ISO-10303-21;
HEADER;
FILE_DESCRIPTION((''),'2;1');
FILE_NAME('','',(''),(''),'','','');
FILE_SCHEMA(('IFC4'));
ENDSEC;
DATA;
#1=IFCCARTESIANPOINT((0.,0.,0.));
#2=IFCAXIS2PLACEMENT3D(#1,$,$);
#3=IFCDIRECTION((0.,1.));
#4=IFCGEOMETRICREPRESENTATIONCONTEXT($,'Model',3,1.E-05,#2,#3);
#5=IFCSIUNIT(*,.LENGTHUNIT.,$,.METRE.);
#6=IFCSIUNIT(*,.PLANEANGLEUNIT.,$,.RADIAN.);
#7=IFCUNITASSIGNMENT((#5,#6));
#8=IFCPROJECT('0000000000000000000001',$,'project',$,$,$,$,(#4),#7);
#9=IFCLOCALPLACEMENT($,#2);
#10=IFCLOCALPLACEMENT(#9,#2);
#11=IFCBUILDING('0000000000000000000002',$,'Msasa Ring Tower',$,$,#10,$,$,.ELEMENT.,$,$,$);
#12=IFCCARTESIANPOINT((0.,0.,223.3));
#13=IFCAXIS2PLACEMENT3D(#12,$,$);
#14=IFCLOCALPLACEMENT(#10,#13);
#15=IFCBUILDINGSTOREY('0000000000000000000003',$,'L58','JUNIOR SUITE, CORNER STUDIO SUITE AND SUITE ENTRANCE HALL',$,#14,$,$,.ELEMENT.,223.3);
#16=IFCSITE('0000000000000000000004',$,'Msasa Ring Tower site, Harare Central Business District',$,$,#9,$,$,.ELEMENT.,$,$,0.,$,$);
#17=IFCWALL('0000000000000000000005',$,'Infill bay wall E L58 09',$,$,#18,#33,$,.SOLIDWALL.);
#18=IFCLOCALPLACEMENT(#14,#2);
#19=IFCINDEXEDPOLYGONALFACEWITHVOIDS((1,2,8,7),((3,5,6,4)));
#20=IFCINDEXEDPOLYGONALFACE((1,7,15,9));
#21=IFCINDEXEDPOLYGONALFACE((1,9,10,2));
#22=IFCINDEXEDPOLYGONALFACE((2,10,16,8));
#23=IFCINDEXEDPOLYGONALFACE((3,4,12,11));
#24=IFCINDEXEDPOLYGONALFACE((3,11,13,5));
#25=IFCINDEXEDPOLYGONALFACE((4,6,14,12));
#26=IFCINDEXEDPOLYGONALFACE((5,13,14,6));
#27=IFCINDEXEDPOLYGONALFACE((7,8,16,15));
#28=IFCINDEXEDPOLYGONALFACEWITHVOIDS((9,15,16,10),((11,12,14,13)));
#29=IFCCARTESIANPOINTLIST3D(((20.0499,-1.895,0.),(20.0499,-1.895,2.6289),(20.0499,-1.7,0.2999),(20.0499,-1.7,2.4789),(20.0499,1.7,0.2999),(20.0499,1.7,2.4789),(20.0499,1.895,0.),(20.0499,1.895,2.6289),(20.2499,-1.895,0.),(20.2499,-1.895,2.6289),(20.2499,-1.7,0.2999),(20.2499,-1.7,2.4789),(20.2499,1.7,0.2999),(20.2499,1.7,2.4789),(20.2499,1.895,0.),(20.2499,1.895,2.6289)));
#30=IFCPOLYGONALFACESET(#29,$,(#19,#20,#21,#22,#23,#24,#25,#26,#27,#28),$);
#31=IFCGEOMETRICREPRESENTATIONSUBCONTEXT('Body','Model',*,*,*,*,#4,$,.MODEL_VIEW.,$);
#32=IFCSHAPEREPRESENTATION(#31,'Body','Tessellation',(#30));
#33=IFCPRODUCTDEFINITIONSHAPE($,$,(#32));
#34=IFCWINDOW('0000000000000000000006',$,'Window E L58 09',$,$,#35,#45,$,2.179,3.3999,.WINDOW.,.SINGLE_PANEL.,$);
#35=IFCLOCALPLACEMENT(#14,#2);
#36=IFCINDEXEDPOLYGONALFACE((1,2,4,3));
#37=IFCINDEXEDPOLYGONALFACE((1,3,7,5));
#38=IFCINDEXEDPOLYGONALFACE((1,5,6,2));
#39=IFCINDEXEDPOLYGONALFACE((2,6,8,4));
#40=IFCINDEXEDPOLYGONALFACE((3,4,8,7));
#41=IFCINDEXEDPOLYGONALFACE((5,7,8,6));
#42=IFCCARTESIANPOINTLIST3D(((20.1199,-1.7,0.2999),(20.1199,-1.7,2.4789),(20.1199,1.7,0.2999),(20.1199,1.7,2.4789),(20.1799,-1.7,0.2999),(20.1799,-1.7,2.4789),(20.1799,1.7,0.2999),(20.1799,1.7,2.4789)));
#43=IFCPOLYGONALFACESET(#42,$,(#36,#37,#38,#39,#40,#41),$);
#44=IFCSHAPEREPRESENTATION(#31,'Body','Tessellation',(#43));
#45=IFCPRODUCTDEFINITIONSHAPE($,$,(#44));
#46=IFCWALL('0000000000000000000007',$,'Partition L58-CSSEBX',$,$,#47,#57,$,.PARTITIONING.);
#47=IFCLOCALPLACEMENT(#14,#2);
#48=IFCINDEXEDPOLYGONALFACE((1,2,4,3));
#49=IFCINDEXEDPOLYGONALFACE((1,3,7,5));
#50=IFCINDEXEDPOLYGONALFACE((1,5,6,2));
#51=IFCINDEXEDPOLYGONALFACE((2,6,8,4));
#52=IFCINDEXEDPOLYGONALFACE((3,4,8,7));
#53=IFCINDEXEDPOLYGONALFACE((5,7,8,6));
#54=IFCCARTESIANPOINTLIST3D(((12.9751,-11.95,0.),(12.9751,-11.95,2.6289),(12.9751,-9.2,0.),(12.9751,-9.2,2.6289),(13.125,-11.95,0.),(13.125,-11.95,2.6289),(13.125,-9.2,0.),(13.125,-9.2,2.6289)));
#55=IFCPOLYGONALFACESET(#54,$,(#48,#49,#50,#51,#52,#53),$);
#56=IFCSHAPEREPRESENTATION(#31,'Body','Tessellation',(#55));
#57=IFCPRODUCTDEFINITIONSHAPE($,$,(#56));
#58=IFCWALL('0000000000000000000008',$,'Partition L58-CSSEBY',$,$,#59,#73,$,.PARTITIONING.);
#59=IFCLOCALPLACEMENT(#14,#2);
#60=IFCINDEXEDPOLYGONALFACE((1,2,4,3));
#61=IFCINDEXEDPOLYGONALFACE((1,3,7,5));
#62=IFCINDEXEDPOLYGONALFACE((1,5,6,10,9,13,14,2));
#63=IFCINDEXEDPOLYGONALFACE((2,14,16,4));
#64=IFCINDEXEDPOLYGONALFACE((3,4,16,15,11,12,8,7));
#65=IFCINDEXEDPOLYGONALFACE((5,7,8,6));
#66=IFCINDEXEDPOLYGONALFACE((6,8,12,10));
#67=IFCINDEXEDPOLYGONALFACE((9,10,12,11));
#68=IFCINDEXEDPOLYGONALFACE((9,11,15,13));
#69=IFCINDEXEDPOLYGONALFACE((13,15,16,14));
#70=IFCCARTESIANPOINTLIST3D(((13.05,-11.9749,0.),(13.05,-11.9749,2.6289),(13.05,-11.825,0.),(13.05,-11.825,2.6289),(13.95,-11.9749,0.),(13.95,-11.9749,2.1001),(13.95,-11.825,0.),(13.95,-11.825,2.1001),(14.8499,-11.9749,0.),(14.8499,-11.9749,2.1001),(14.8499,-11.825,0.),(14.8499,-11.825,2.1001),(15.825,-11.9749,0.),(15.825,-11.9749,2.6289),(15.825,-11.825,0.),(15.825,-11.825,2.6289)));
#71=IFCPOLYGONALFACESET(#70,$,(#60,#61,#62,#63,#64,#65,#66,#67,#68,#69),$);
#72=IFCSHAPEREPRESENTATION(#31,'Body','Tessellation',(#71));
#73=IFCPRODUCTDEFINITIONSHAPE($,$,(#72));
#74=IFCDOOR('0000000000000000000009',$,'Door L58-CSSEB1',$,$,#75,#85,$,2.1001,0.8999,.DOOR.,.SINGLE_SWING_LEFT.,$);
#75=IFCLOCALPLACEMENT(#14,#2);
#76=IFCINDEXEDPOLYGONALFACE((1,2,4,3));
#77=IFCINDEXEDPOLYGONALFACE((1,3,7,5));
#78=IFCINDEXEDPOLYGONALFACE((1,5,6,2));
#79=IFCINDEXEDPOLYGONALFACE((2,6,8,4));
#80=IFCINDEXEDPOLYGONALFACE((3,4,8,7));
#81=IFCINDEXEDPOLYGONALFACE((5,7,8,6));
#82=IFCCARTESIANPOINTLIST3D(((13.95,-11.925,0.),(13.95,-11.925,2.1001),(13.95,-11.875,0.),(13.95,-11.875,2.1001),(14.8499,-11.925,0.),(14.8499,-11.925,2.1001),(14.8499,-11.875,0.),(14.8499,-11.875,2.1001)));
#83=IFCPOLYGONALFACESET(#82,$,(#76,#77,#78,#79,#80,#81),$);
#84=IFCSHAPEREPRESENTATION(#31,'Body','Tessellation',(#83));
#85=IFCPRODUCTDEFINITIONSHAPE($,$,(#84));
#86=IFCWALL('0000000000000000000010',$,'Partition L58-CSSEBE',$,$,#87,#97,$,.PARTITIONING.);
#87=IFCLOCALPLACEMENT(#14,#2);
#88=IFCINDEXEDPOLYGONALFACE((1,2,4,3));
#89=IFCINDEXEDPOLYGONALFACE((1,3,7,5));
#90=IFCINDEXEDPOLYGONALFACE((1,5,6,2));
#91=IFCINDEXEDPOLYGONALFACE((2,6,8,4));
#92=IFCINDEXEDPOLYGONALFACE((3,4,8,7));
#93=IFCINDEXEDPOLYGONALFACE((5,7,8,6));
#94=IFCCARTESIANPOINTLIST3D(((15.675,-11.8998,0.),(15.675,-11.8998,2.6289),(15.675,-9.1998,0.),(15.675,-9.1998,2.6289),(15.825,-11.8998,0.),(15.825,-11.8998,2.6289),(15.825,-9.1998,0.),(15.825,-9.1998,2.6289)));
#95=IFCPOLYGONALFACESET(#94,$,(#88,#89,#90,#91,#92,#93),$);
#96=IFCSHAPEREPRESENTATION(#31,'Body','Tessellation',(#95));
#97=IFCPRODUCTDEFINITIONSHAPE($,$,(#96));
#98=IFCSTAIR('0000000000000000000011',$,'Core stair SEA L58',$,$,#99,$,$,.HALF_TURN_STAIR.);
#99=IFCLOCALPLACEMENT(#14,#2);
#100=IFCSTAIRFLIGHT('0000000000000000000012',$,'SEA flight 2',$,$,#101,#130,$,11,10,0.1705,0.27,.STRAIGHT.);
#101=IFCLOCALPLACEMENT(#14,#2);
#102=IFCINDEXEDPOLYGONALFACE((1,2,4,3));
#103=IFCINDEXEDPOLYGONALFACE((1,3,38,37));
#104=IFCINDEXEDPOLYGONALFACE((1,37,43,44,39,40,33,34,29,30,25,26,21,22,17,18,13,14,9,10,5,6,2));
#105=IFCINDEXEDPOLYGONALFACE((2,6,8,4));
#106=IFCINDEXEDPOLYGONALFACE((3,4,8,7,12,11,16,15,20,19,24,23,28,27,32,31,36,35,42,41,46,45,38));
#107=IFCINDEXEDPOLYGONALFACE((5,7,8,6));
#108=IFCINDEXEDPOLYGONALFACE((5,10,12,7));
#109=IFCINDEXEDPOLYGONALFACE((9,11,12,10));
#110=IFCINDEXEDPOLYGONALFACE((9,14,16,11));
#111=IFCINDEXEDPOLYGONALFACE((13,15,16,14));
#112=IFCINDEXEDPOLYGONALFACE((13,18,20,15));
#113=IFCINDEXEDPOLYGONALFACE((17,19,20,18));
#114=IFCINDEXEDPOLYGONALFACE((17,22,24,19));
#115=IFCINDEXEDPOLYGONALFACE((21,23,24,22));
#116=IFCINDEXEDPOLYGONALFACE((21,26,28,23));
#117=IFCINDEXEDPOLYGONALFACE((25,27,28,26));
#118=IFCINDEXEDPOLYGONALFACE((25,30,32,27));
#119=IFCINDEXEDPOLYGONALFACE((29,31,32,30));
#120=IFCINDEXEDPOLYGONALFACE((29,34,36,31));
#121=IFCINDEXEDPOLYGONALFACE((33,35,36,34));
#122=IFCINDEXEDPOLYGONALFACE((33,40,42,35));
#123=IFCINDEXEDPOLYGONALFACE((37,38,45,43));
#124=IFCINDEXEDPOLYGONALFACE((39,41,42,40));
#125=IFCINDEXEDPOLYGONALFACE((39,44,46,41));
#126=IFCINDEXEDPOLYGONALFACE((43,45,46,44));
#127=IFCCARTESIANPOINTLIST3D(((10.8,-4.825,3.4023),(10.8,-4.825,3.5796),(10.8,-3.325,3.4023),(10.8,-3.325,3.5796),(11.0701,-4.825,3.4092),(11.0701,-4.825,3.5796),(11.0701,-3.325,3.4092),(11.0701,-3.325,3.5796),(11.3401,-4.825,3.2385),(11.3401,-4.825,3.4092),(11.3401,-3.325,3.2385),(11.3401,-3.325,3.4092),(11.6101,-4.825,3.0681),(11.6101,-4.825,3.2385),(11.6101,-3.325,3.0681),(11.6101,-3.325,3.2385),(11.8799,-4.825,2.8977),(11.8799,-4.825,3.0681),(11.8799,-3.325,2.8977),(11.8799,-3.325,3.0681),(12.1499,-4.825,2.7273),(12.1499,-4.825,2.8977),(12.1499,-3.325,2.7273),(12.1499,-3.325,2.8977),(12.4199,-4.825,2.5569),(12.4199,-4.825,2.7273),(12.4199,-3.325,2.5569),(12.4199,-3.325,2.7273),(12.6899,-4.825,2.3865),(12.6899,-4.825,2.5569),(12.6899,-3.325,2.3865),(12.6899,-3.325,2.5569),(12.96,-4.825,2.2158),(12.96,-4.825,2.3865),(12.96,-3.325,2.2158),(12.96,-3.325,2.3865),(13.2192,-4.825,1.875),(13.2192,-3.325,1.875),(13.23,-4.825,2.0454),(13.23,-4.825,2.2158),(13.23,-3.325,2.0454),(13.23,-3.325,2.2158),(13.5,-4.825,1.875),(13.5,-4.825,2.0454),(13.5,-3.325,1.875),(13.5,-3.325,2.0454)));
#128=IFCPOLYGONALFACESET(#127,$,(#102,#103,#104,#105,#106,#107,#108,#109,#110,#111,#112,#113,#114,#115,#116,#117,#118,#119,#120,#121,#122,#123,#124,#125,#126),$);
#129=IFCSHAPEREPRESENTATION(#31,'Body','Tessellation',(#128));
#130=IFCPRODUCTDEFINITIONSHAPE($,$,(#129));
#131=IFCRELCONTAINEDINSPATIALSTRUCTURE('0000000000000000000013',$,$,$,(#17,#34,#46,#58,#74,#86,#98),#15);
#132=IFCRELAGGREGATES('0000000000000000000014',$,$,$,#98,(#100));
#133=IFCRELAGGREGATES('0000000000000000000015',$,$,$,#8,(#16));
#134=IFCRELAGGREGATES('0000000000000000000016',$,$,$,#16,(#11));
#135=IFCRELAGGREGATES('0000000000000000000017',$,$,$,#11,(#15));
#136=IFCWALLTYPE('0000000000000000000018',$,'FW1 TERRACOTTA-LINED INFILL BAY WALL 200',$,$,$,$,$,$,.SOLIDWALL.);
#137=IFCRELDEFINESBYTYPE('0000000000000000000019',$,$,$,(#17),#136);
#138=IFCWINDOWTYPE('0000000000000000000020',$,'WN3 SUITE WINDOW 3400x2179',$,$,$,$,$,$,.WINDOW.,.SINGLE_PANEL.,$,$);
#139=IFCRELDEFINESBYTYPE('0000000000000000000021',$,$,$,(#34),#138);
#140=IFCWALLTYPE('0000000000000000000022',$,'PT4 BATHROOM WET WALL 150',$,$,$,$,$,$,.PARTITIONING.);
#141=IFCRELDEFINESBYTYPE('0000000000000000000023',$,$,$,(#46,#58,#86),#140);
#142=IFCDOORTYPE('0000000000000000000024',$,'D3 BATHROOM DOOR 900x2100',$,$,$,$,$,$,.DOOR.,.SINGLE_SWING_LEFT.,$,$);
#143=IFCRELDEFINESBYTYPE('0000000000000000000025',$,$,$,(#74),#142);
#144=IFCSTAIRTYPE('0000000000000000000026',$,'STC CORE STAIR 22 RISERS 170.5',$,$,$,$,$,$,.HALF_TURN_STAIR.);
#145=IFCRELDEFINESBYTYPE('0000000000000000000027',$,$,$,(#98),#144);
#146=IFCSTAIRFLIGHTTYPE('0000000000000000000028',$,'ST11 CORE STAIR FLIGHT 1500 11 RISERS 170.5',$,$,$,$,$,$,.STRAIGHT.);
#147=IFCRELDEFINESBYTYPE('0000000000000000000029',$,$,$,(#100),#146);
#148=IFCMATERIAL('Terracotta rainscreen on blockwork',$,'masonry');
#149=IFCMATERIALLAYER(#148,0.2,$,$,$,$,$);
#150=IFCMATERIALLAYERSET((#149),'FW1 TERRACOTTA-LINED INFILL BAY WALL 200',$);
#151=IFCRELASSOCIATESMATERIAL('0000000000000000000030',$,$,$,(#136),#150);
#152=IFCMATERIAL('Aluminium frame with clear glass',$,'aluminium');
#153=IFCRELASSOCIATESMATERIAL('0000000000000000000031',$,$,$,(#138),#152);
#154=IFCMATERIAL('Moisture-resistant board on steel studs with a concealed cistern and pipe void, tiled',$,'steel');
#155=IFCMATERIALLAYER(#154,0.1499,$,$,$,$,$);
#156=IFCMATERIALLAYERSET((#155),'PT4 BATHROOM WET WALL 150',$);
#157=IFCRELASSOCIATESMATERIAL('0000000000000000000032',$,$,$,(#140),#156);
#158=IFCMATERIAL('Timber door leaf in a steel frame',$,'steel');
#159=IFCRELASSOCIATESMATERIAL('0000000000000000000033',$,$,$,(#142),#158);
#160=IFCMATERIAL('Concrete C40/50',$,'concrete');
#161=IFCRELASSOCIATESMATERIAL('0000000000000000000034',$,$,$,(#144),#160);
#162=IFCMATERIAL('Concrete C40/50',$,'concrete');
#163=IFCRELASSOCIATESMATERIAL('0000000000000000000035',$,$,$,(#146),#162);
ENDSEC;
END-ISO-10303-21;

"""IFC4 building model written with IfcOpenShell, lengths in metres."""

from ifc_helpers import new_model, si_unit, direction, frame, frame_2d, origin, place, context, subcontext, project, spatial, polyline, rectangle, outline, extrude, material, layer, layer_set, type_object, element, fill, aggregate, save


model = new_model("IFC4")

# Units and contexts
model_context = context("Model", 3, precision=1e-05, world=origin(), true_north=direction((0.0, 1.0)))
body_context = subcontext(model_context, "Body", "Model", "MODEL_VIEW")
ifc_project = project(units=[si_unit("LENGTHUNIT", "METRE"), si_unit("PLANEANGLEUNIT", "RADIAN")], contexts=[model_context])

# Site, building, storey
site_placement = place(None, origin())
site = spatial("IfcSite", under=ifc_project, at=site_placement, Name="Msasa Ring Tower site, Harare Central Business District", CompositionType="ELEMENT", RefElevation=0.0)
building_placement = place(site_placement, origin())
building = spatial("IfcBuilding", under=site, at=building_placement, Name="Msasa Ring Tower", CompositionType="ELEMENT")
storey_placement = place(building_placement, frame((0.0, 0.0, 223.3)))
storey = spatial("IfcBuildingStorey", under=building, at=storey_placement, Name="L58", Description="JUNIOR SUITE, CORNER STUDIO SUITE AND SUITE ENTRANCE HALL", CompositionType="ELEMENT", Elevation=223.3)

# Wall, opening, window
ifc_material_1 = material(Name="Terracotta rainscreen on blockwork", Category="masonry")
ifc_layer_1 = layer(ifc_material_1, 0.2)
ifc_layer_set_1 = layer_set([ifc_layer_1], Name="FW1 TERRACOTTA-LINED INFILL BAY WALL 200")
wall_type_1 = type_object("IfcWallType", Name="FW1 TERRACOTTA-LINED INFILL BAY WALL 200", PredefinedType="SOLIDWALL", material=ifc_layer_set_1)
ifc_material_2 = material(Name="Aluminium frame with clear glass", Category="aluminium")
window_type = type_object("IfcWindowType", Name="WN3 SUITE WINDOW 3400x2179", PartitioningType="SINGLE_PANEL", PredefinedType="WINDOW", material=ifc_material_2)
wall_1_placement = place(storey_placement, frame((20.1499, -1.895, 0.0), z_axis=(0.0, 0.0, 1.0), x_axis=(0.0, 1.0, 0.0)))
wall_1 = element("IfcWall", 1, at=wall_1_placement, inside=storey, type_object=wall_type_1, Name="Infill bay wall E L58 09", PredefinedType="SOLIDWALL", context=body_context, shape_type="SweptSolid", body=[
    extrude(rectangle(XDim=3.79, YDim=0.2, at=frame_2d((1.895, 0.0))), origin(), (0.0, 0.0, 1.0), 2.6289),
])
opening_1_placement = place(wall_1_placement, frame((0.1951, 0.0, 0.3)))
opening_1 = element("IfcOpeningElement", 2, at=opening_1_placement, cuts=wall_1, PredefinedType="OPENING", context=body_context, shape_type="SweptSolid", body=[
    extrude(rectangle(XDim=3.3999, YDim=2.179, at=frame_2d((1.7, 1.0894))), frame((0.0, 0.1099, 0.0), z_axis=(0.0, -1.0, 0.0), x_axis=(1.0, 0.0, 0.0)), (0.0, 0.0, 1.0), 0.22),
])
window_1_placement = place(opening_1_placement, origin())
window_1 = element("IfcWindow", 3, at=window_1_placement, inside=storey, type_object=window_type, Name="Window E L58 09", OverallHeight=2.179, OverallWidth=3.3999, PartitioningType="SINGLE_PANEL", PredefinedType="WINDOW", context=body_context, shape_type="SweptSolid", body=[
    extrude(rectangle(XDim=3.3999, YDim=2.179, at=frame_2d((1.7, 1.0894))), frame((0.0, 0.03, 0.0), z_axis=(0.0, -1.0, 0.0), x_axis=(1.0, 0.0, 0.0)), (0.0, 0.0, 1.0), 0.0601),
])
fill(opening_1, window_1)

# Wall
ifc_material_3 = material(Name="Moisture-resistant board on steel studs with a concealed cistern and pipe void, tiled", Category="steel")
ifc_layer_2 = layer(ifc_material_3, 0.1499)
ifc_layer_set_2 = layer_set([ifc_layer_2], Name="PT4 BATHROOM WET WALL 150")
wall_type_2 = type_object("IfcWallType", Name="PT4 BATHROOM WET WALL 150", PredefinedType="PARTITIONING", material=ifc_layer_set_2)
wall_2_placement = place(storey_placement, frame((13.05, -11.95, 0.0), z_axis=(0.0, 0.0, 1.0), x_axis=(0.0, 1.0, 0.0)))
element("IfcWall", 4, at=wall_2_placement, inside=storey, type_object=wall_type_2, Name="Partition L58-CSSEBX", PredefinedType="PARTITIONING", context=body_context, shape_type="SweptSolid", body=[
    extrude(rectangle(XDim=2.75, YDim=0.1499, at=frame_2d((1.375, 0.0))), origin(), (0.0, 0.0, 1.0), 2.6289),
])

# Wall, opening, door
wall_3_placement = place(storey_placement, frame((13.05, -11.8999, 0.0), z_axis=(0.0, 0.0, 1.0), x_axis=(1.0, 0.0, 0.0)))
wall_3 = element("IfcWall", 5, at=wall_3_placement, inside=storey, type_object=wall_type_2, Name="Partition L58-CSSEBY", PredefinedType="PARTITIONING", context=body_context, shape_type="SweptSolid", body=[
    extrude(rectangle(XDim=2.7749, YDim=0.1499, at=frame_2d((1.3875, 0.0))), origin(), (0.0, 0.0, 1.0), 2.6289),
])
opening_2_placement = place(wall_3_placement, frame((0.8999, 0.0, 0.0)))
opening_2 = element("IfcOpeningElement", 6, at=opening_2_placement, cuts=wall_3, PredefinedType="OPENING", context=body_context, shape_type="SweptSolid", body=[
    extrude(rectangle(XDim=0.8999, YDim=2.1001, at=frame_2d((0.45, 1.05))), frame((0.0, 0.085, 0.0), z_axis=(0.0, -1.0, 0.0), x_axis=(1.0, 0.0, 0.0)), (0.0, 0.0, 1.0), 0.1699),
])
ifc_material_4 = material(Name="Timber door leaf in a steel frame", Category="steel")
door_type_1 = type_object("IfcDoorType", Name="D3 BATHROOM DOOR 900x2100", OperationType="SINGLE_SWING_LEFT", PredefinedType="DOOR", material=ifc_material_4)
door_1_placement = place(opening_2_placement, origin())
door_1 = element("IfcDoor", 7, at=door_1_placement, inside=storey, type_object=door_type_1, Name="Door L58-CSSEB1", OperationType="SINGLE_SWING_LEFT", OverallHeight=2.1001, OverallWidth=0.8999, PredefinedType="DOOR", context=body_context, shape_type="SweptSolid", body=[
    extrude(rectangle(XDim=0.8999, YDim=2.1001, at=frame_2d((0.45, 1.05))), frame((0.0, 0.0249, 0.0), z_axis=(0.0, -1.0, 0.0), x_axis=(1.0, 0.0, 0.0)), (0.0, 0.0, 1.0), 0.05),
])
fill(opening_2, door_1)

# Wall
wall_4_placement = place(storey_placement, frame((15.75, -11.8999, 0.0), z_axis=(0.0, 0.0, 1.0), x_axis=(0.0, 1.0, 0.0)))
element("IfcWall", 8, at=wall_4_placement, inside=storey, type_object=wall_type_2, Name="Partition L58-CSSEBE", PredefinedType="PARTITIONING", context=body_context, shape_type="SweptSolid", body=[
    extrude(rectangle(XDim=2.7, YDim=0.1499, at=frame_2d((1.3501, 0.0))), origin(), (0.0, 0.0, 1.0), 2.6289),
])

# Stair, stair flight
ifc_material_5 = material(Name="Concrete C40/50", Category="concrete")
stair_type = type_object("IfcStairType", Name="STC CORE STAIR 22 RISERS 170.5", PredefinedType="HALF_TURN_STAIR", material=ifc_material_5)
stair_placement = place(storey_placement, origin())
stair = element("IfcStair", 9, at=stair_placement, inside=storey, type_object=stair_type, Name="Core stair SEA L58", PredefinedType="HALF_TURN_STAIR")
ifc_material_6 = material(Name="Concrete C40/50", Category="concrete")
stair_flight_type = type_object("IfcStairFlightType", Name="ST11 CORE STAIR FLIGHT 1500 11 RISERS 170.5", PredefinedType="STRAIGHT", material=ifc_material_6)
stair_flight_placement = place(storey_placement, frame((13.5, -4.075, 1.875), z_axis=(0.0, 0.0, 1.0), x_axis=(-1.0, 0.0, 0.0)))
stair_flight = element("IfcStairFlight", 10, at=stair_flight_placement, type_object=stair_flight_type, Name="SEA flight 2", NumberOfRisers=11, NumberOfTreads=10, PredefinedType="STRAIGHT", RiserHeight=0.1705, TreadLength=0.27, context=body_context, shape_type="SweptSolid", body=[
    extrude(outline(polyline([(0.0, 0.0), (0.0, 0.1704), (0.27, 0.1704), (0.27, 0.3408), (0.54, 0.3408), (0.54, 0.5115), (0.8101, 0.5115), (0.8101, 0.6819), (1.0801, 0.6819), (1.0801, 0.8523), (1.3501, 0.8523), (1.3501, 1.0227), (1.6201, 1.0227), (1.6201, 1.1931), (1.8899, 1.1931), (1.8899, 1.3635), (2.1599, 1.3635), (2.1599, 1.5342), (2.4299, 1.5342), (2.4299, 1.7046), (2.7, 1.7046), (2.7, 1.875), (2.7, 1.5273), (0.2808, 0.0), (0.0, 0.0)])), frame((0.0, 0.75, 0.0), z_axis=(0.0, -1.0, 0.0), x_axis=(1.0, 0.0, 0.0)), (0.0, 0.0, 1.0), 1.5),
])
aggregate(stair, [stair_flight])

save(model, "model.ifc")
